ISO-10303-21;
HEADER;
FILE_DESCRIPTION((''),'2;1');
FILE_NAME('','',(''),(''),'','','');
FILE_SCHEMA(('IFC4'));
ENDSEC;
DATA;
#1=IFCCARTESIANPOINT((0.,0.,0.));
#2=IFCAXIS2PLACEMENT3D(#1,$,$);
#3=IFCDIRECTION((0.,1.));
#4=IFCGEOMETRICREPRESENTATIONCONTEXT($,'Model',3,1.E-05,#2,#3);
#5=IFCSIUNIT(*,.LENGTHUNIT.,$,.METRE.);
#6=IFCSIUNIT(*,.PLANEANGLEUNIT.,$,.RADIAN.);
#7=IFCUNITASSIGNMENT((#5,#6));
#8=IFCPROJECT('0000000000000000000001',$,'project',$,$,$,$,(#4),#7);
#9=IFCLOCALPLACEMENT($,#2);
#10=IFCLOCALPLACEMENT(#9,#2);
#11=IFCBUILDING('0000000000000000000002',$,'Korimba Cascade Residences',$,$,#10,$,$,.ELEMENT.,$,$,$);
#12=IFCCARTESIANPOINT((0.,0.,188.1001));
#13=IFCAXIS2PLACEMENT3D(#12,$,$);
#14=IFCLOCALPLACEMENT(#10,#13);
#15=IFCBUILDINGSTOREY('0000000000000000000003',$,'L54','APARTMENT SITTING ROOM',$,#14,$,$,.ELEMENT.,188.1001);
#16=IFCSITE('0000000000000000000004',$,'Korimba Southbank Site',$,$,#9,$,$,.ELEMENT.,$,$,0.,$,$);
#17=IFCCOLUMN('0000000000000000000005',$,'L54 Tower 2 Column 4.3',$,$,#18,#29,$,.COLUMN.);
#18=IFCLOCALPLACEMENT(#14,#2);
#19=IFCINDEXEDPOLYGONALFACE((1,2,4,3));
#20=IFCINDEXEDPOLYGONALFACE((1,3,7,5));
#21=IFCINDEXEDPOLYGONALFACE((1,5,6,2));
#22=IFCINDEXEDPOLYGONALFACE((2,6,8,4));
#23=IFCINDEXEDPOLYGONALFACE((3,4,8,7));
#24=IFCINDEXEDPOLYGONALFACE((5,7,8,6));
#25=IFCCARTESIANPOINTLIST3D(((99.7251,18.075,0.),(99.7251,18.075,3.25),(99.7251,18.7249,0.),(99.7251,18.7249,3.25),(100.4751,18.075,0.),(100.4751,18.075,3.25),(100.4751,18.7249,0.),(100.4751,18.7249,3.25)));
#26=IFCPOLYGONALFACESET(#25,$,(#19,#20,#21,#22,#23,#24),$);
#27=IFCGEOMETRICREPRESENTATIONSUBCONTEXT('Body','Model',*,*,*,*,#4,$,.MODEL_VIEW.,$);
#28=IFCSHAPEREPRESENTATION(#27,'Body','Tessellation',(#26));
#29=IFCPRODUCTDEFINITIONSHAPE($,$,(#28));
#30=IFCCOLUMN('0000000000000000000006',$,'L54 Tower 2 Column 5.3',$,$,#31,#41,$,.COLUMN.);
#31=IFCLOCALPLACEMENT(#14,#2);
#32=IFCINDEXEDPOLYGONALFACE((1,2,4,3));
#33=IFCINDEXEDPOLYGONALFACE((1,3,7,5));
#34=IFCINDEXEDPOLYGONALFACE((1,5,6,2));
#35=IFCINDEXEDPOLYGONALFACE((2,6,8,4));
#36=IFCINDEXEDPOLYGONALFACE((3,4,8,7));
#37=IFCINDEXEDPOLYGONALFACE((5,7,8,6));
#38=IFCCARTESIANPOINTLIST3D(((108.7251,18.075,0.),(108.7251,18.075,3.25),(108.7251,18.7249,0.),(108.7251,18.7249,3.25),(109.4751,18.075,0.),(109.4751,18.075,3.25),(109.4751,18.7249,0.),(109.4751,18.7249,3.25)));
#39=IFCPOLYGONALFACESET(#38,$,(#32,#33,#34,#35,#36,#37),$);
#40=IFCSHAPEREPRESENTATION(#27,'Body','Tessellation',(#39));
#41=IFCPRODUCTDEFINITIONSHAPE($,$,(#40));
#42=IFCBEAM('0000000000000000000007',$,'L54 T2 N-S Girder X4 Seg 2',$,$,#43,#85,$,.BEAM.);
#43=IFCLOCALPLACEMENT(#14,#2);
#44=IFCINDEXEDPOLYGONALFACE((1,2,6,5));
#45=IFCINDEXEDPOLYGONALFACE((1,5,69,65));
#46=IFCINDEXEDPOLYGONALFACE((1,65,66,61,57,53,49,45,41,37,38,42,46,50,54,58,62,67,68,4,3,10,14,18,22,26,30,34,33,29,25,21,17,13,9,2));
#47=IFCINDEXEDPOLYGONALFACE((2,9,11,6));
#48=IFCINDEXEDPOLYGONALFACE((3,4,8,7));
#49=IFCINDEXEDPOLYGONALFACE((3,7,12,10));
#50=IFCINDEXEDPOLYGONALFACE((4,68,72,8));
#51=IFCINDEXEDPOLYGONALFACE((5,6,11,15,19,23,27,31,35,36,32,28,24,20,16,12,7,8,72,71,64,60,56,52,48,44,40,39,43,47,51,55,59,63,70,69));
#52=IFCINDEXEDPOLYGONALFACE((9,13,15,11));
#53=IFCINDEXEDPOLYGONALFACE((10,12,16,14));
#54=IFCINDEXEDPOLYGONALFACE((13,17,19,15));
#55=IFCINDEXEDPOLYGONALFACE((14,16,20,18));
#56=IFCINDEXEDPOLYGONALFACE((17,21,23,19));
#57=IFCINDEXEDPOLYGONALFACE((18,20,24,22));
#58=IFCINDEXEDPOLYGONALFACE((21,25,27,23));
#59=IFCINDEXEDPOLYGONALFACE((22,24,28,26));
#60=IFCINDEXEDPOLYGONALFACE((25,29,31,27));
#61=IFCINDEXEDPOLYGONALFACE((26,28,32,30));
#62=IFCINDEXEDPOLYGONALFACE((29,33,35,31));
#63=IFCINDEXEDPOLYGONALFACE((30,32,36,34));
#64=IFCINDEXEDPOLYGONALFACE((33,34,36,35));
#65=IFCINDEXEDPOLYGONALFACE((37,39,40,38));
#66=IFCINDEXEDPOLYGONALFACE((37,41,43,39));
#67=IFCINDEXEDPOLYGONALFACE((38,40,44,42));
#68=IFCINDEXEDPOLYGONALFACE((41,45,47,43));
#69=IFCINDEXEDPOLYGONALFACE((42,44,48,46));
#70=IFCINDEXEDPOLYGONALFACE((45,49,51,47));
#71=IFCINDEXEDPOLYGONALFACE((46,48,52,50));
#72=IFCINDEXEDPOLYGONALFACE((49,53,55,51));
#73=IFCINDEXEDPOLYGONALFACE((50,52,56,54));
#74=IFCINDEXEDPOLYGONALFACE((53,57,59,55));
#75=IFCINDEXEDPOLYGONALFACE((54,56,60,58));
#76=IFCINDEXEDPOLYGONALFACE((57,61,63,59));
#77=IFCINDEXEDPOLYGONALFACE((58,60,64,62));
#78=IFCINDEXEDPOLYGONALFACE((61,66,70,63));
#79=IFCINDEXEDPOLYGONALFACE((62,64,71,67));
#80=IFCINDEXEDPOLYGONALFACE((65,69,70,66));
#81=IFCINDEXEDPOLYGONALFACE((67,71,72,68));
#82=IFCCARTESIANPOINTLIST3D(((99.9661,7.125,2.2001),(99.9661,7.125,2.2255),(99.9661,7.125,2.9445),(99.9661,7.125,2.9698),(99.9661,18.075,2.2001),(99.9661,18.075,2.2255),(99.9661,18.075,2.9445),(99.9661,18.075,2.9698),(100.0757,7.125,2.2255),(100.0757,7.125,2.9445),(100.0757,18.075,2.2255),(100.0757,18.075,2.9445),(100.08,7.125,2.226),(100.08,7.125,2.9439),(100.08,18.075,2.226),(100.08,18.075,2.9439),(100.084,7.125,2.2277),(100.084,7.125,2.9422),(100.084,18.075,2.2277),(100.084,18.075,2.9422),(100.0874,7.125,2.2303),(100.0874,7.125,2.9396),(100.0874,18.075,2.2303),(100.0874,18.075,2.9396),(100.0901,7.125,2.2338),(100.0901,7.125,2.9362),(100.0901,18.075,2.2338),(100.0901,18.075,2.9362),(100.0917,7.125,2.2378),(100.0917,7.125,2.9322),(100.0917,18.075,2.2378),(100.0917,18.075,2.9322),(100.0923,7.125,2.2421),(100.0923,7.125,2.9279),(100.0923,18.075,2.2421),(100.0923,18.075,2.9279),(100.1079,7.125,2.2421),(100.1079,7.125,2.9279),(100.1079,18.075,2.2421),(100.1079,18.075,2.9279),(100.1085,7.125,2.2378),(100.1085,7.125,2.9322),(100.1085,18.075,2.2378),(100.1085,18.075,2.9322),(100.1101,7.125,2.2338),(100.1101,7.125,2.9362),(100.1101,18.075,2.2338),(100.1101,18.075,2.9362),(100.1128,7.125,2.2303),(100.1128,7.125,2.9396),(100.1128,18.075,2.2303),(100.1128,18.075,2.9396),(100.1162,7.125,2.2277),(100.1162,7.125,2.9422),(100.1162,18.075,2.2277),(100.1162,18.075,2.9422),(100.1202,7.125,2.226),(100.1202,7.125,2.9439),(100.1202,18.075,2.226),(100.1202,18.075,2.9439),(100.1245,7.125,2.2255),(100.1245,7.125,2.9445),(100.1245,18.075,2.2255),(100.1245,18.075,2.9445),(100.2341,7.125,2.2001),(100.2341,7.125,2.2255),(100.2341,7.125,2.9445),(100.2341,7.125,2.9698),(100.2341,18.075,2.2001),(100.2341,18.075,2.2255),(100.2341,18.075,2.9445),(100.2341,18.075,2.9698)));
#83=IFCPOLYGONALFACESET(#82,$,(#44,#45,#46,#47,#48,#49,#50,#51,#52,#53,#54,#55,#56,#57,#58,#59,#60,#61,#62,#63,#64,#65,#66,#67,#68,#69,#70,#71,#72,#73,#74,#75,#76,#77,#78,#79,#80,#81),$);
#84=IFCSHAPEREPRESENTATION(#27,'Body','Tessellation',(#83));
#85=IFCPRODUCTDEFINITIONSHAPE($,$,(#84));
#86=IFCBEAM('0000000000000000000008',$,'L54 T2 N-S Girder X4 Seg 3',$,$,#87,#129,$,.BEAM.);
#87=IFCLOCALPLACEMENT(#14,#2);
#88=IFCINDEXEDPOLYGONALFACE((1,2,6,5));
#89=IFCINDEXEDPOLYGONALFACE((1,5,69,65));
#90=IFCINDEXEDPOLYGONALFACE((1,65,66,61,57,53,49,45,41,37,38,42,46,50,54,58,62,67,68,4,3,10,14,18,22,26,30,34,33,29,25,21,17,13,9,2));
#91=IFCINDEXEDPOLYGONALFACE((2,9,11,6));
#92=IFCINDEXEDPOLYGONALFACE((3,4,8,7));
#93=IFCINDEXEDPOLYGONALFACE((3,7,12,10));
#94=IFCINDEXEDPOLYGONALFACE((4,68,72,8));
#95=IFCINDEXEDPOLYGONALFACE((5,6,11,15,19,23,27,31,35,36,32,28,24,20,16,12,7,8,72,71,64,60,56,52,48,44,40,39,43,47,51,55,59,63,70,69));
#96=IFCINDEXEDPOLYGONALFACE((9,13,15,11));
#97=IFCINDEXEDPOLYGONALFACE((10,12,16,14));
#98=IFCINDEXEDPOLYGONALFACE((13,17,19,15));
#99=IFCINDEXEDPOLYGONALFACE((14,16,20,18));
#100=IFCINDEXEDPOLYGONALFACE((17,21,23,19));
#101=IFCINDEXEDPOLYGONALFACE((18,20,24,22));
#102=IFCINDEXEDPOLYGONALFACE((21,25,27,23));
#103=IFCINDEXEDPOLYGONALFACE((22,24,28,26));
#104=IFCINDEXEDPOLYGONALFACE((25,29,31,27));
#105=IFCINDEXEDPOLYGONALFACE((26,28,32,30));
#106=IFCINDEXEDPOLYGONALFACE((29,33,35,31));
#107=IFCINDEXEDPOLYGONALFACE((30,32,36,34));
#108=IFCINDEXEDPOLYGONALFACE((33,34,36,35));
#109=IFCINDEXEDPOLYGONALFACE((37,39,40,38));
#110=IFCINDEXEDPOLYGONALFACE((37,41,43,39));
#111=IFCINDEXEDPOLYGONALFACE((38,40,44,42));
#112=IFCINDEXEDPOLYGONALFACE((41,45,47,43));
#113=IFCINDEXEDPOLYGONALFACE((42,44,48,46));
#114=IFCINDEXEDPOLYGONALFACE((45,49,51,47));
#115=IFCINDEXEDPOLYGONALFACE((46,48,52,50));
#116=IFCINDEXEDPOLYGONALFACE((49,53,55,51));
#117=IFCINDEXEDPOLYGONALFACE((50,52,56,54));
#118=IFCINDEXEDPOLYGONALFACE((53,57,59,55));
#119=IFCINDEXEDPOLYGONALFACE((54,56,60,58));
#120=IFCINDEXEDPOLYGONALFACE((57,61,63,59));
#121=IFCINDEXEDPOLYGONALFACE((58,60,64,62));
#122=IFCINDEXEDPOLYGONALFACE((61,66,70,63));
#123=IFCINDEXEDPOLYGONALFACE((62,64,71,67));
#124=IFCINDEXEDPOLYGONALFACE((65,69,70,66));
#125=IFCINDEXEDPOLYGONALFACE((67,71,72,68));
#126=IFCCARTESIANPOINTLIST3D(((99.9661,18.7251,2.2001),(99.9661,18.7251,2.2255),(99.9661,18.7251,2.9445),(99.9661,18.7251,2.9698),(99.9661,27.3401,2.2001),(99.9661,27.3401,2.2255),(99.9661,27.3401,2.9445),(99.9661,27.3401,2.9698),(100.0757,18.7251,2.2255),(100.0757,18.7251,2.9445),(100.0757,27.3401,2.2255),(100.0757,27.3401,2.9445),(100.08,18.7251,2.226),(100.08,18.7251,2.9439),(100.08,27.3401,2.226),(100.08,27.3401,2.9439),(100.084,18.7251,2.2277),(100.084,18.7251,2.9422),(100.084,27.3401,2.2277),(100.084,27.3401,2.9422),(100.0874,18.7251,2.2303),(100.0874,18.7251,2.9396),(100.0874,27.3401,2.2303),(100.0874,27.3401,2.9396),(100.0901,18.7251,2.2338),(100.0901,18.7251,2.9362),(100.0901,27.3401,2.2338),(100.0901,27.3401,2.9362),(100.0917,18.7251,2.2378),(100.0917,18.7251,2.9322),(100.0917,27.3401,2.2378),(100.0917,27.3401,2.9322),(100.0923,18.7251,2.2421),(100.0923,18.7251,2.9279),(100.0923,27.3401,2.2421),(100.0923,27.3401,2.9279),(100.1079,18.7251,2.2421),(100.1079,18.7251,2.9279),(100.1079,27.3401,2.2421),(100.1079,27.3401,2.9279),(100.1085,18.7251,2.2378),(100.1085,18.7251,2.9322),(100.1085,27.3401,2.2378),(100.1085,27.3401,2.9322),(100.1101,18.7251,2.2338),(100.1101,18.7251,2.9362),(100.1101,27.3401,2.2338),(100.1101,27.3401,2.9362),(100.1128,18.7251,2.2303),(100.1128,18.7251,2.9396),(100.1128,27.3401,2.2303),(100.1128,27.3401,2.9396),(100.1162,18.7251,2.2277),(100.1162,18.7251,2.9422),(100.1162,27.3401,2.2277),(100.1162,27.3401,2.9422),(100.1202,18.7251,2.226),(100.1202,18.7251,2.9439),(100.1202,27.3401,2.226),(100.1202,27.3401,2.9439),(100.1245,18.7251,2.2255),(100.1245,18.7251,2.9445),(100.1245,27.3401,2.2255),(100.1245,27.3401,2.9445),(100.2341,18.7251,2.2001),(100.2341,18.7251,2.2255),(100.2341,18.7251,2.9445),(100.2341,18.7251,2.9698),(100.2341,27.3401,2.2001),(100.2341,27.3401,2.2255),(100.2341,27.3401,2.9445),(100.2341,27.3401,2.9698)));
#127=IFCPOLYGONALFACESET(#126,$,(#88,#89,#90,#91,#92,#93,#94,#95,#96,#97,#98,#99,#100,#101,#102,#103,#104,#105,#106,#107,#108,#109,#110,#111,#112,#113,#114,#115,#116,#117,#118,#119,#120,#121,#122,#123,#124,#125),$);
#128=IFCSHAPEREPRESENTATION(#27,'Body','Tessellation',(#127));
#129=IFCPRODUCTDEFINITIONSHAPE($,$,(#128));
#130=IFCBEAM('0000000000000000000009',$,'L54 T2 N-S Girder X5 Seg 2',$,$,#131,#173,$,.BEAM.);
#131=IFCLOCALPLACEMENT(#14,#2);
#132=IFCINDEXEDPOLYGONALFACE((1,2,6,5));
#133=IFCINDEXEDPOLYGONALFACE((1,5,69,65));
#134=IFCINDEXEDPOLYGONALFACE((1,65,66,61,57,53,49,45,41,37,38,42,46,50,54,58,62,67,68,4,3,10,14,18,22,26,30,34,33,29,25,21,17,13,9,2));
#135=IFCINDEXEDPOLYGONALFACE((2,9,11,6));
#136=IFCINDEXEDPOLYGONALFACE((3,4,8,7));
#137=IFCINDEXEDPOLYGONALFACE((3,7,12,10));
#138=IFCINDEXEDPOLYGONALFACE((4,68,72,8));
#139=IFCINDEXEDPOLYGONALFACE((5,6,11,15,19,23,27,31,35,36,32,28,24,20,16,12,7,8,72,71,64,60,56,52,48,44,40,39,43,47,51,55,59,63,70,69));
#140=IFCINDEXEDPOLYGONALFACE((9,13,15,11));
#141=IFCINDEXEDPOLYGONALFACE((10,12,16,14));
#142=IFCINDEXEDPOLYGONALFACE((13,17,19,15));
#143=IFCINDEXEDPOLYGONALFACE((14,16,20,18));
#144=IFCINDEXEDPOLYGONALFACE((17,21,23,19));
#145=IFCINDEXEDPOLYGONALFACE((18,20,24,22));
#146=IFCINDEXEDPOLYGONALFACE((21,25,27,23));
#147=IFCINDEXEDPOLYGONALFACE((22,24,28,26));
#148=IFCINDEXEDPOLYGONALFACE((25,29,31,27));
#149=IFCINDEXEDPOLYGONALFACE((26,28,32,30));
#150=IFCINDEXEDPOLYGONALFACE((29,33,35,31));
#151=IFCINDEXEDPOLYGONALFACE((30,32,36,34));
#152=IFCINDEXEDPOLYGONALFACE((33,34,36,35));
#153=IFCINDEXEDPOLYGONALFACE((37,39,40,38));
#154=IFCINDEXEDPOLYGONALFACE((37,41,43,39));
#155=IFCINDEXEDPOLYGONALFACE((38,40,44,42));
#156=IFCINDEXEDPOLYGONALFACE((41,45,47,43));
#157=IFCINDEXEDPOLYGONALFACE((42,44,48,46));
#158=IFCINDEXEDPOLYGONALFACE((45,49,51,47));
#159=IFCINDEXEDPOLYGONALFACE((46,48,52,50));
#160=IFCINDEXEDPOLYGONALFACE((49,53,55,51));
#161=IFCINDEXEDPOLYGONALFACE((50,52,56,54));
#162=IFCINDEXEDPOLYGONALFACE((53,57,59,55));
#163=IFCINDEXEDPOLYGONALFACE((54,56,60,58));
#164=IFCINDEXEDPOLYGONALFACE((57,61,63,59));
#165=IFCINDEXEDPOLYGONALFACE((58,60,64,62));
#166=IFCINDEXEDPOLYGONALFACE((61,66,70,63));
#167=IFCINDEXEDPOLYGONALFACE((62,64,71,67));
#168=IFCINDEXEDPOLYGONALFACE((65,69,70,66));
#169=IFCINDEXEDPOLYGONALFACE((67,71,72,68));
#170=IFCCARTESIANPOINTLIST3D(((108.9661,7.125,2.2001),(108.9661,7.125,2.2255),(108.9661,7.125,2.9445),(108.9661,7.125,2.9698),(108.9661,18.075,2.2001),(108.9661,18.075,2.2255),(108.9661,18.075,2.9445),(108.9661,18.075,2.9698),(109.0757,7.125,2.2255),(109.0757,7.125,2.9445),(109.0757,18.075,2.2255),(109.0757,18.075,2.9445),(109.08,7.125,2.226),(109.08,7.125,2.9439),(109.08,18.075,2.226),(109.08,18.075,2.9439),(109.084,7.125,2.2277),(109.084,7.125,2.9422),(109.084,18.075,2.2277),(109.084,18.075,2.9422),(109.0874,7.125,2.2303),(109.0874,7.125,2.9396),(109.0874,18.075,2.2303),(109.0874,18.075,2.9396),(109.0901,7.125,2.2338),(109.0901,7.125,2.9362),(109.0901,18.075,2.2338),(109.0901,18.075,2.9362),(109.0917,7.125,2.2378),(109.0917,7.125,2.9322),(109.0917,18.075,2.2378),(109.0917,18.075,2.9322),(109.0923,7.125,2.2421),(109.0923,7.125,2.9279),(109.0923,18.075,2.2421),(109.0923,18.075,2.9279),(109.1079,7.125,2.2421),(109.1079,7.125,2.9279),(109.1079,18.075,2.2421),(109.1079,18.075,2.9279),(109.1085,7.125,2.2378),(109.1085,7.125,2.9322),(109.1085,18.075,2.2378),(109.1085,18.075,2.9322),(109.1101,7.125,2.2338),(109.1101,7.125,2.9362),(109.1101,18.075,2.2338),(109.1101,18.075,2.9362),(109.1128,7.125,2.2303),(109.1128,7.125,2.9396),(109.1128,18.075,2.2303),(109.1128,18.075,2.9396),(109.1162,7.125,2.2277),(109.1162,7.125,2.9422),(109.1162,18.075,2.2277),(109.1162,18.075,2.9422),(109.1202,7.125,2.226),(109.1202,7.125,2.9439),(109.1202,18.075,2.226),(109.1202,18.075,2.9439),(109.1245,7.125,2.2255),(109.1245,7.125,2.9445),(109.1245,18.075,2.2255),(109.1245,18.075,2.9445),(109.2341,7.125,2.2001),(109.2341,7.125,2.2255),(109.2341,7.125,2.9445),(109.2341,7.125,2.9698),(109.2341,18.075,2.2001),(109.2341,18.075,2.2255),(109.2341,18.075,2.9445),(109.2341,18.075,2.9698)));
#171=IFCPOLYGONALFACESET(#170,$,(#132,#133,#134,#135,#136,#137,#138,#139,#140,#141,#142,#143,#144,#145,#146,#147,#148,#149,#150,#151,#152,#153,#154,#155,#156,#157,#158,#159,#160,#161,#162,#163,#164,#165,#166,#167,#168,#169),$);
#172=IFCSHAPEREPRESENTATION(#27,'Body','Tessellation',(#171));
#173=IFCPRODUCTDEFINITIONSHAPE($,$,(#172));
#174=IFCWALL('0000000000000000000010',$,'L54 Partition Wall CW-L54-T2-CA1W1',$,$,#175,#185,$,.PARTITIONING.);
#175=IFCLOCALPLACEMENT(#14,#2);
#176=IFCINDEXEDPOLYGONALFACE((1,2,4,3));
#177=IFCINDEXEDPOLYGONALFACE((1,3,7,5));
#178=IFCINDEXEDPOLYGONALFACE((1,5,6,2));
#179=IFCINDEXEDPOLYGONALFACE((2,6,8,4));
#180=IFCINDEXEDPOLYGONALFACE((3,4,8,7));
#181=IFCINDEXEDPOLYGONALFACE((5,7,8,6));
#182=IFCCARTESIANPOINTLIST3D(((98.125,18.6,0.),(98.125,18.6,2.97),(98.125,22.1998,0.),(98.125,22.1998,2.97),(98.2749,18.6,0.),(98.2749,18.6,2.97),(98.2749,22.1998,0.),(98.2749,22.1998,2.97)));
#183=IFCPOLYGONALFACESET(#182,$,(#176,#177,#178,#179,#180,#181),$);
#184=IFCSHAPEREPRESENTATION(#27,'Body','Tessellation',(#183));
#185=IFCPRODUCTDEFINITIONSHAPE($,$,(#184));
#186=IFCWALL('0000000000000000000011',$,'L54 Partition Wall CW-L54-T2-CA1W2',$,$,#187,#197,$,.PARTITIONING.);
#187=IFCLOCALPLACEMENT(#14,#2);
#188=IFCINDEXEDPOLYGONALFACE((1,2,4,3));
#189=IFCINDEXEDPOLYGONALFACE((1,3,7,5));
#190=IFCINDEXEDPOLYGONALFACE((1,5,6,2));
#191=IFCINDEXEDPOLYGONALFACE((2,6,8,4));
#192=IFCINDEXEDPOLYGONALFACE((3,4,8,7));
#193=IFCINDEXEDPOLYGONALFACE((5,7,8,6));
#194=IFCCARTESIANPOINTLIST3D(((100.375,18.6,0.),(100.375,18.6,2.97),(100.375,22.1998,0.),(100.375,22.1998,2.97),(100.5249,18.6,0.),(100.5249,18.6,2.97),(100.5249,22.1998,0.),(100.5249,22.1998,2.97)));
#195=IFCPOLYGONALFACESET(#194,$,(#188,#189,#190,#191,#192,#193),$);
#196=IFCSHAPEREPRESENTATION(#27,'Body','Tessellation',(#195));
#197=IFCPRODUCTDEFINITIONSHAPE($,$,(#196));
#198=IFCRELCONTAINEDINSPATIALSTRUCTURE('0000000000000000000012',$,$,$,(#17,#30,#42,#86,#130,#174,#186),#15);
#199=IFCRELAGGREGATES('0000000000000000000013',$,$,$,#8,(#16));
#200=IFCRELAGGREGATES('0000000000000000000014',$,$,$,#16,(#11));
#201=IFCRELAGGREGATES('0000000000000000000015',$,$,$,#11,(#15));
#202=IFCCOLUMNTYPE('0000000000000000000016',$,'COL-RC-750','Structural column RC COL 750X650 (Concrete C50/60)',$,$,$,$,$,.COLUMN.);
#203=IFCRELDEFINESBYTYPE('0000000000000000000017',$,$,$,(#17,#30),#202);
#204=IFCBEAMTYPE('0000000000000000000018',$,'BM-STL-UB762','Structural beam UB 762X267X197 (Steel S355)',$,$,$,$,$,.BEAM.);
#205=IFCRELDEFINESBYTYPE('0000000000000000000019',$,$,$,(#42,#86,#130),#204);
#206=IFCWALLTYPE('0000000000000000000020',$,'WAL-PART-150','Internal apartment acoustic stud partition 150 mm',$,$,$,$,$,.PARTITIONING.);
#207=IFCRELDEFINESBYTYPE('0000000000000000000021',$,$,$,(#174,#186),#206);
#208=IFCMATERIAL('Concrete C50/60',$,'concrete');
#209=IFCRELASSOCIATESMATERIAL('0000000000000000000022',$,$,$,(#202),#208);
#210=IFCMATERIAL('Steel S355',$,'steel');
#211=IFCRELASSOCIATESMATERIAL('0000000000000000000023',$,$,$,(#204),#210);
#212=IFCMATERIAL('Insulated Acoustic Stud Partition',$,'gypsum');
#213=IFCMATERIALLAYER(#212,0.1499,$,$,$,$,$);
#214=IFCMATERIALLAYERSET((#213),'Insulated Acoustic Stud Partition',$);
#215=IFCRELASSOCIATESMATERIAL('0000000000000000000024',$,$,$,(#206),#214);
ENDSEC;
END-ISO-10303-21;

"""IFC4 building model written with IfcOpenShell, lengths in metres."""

from ifc_helpers import new_model, si_unit, direction, frame, frame_2d, origin, origin_2d, place, context, subcontext, project, spatial, rectangle, i_section, extrude, material, layer, layer_set, material_profile, profile_set, type_object, element, save


model = new_model("IFC4")

# Units and contexts
model_context = context("Model", 3, precision=1e-05, world=origin(), true_north=direction((0.0, 1.0)))
body_context = subcontext(model_context, "Body", "Model", "MODEL_VIEW")
ifc_project = project(units=[si_unit("LENGTHUNIT", "METRE"), si_unit("PLANEANGLEUNIT", "RADIAN")], contexts=[model_context])

# Site, building, storey
site_placement = place(None, origin())
site = spatial("IfcSite", under=ifc_project, at=site_placement, Name="Korimba Southbank Site", CompositionType="ELEMENT", RefElevation=0.0)
building_placement = place(site_placement, origin())
building = spatial("IfcBuilding", under=site, at=building_placement, Name="Korimba Cascade Residences", CompositionType="ELEMENT")
storey_placement = place(building_placement, frame((0.0, 0.0, 188.1001)))
storey = spatial("IfcBuildingStorey", under=building, at=storey_placement, Name="L54", Description="APARTMENT SITTING ROOM", CompositionType="ELEMENT", Elevation=188.1001)

# Columns
ifc_material_1 = material(Name="Concrete C50/60", Category="concrete")
ifc_material_profile_1 = material_profile(ifc_material_1, rectangle(XDim=0.75, YDim=0.6499, at=origin_2d()), Name="Concrete C50/60")
ifc_profile_set_1 = profile_set([ifc_material_profile_1], Name="Concrete C50/60")
column_type = type_object("IfcColumnType", Name="COL-RC-750", Description="Structural column RC COL 750X650 (Concrete C50/60)", PredefinedType="COLUMN", material=ifc_profile_set_1)
for number, where, z_axis, x_axis, name in (
    (1, (100.1001, 18.3999, 0.0), (0.0, 0.0, 1.0), (1.0, 0.0, 0.0), "L54 Tower 2 Column 4.3"),
    (2, (109.1001, 18.3999, 0.0), (0.0, 0.0, 1.0), (1.0, 0.0, 0.0), "L54 Tower 2 Column 5.3"),
):
    element("IfcColumn", number, at=place(storey_placement, frame(where, z_axis=z_axis, x_axis=x_axis)), inside=storey, type_object=column_type, Name=name, PredefinedType="COLUMN", context=body_context, shape_type="SweptSolid", body=[
        extrude(rectangle(XDim=0.75, YDim=0.6499, at=origin_2d()), origin(), (0.0, 0.0, 1.0), 3.25),
    ])

# Beams
ifc_material_2 = material(Name="Steel S355", Category="steel")
ifc_material_profile_2 = material_profile(ifc_material_2, i_section(OverallWidth=0.2681, OverallDepth=0.7698, WebThickness=0.0156, FlangeThickness=0.0254, FilletRadius=0.0166, at=origin_2d()), Name="Steel S355")
ifc_profile_set_2 = profile_set([ifc_material_profile_2], Name="Steel S355")
beam_type = type_object("IfcBeamType", Name="BM-STL-UB762", Description="Structural beam UB 762X267X197 (Steel S355)", PredefinedType="BEAM", material=ifc_profile_set_2)
beam_1_placement = place(storey_placement, frame((100.1001, 7.125, 2.585), z_axis=(0.0, 1.0, 0.0), x_axis=(-1.0, 0.0, 0.0)))
element("IfcBeam", 3, at=beam_1_placement, inside=storey, type_object=beam_type, Name="L54 T2 N-S Girder X4 Seg 2", PredefinedType="BEAM", context=body_context, shape_type="SweptSolid", body=[
    extrude(i_section(OverallWidth=0.2681, OverallDepth=0.7698, WebThickness=0.0156, FlangeThickness=0.0254, FilletRadius=0.0166, at=origin_2d()), origin(), (0.0, 0.0, 1.0), 10.95),
])
beam_2_placement = place(storey_placement, frame((100.1001, 18.7251, 2.585), z_axis=(0.0, 1.0, 0.0), x_axis=(-1.0, 0.0, 0.0)))
element("IfcBeam", 4, at=beam_2_placement, inside=storey, type_object=beam_type, Name="L54 T2 N-S Girder X4 Seg 3", PredefinedType="BEAM", context=body_context, shape_type="SweptSolid", body=[
    extrude(i_section(OverallWidth=0.2681, OverallDepth=0.7698, WebThickness=0.0156, FlangeThickness=0.0254, FilletRadius=0.0166, at=origin_2d()), origin(), (0.0, 0.0, 1.0), 8.615),
])
beam_3_placement = place(storey_placement, frame((109.1001, 7.125, 2.585), z_axis=(0.0, 1.0, 0.0), x_axis=(-1.0, 0.0, 0.0)))
element("IfcBeam", 5, at=beam_3_placement, inside=storey, type_object=beam_type, Name="L54 T2 N-S Girder X5 Seg 2", PredefinedType="BEAM", context=body_context, shape_type="SweptSolid", body=[
    extrude(i_section(OverallWidth=0.2681, OverallDepth=0.7698, WebThickness=0.0156, FlangeThickness=0.0254, FilletRadius=0.0166, at=origin_2d()), origin(), (0.0, 0.0, 1.0), 10.95),
])

# Walls
ifc_material_3 = material(Name="Insulated Acoustic Stud Partition", Category="gypsum")
ifc_layer_1 = layer(ifc_material_3, 0.1499)
ifc_layer_set_1 = layer_set([ifc_layer_1], Name="Insulated Acoustic Stud Partition")
wall_type_1 = type_object("IfcWallType", Name="WAL-PART-150", Description="Internal apartment acoustic stud partition 150 mm", PredefinedType="PARTITIONING", material=ifc_layer_set_1)
for number, where, z_axis, x_axis, name in (
    (6, (98.2, 18.6001, 0.0), (0.0, 0.0, 1.0), (0.0, 1.0, 0.0), "L54 Partition Wall CW-L54-T2-CA1W1"),
    (7, (100.45, 18.6001, 0.0), (0.0, 0.0, 1.0), (0.0, 1.0, 0.0), "L54 Partition Wall CW-L54-T2-CA1W2"),
):
    element("IfcWall", number, at=place(storey_placement, frame(where, z_axis=z_axis, x_axis=x_axis)), inside=storey, type_object=wall_type_1, Name=name, PredefinedType="PARTITIONING", context=body_context, shape_type="SweptSolid", body=[
        extrude(rectangle(XDim=3.5999, YDim=0.1499, at=frame_2d((1.7998, 0.0))), origin(), (0.0, 0.0, 1.0), 2.97),
    ])

save(model, "model.ifc")
